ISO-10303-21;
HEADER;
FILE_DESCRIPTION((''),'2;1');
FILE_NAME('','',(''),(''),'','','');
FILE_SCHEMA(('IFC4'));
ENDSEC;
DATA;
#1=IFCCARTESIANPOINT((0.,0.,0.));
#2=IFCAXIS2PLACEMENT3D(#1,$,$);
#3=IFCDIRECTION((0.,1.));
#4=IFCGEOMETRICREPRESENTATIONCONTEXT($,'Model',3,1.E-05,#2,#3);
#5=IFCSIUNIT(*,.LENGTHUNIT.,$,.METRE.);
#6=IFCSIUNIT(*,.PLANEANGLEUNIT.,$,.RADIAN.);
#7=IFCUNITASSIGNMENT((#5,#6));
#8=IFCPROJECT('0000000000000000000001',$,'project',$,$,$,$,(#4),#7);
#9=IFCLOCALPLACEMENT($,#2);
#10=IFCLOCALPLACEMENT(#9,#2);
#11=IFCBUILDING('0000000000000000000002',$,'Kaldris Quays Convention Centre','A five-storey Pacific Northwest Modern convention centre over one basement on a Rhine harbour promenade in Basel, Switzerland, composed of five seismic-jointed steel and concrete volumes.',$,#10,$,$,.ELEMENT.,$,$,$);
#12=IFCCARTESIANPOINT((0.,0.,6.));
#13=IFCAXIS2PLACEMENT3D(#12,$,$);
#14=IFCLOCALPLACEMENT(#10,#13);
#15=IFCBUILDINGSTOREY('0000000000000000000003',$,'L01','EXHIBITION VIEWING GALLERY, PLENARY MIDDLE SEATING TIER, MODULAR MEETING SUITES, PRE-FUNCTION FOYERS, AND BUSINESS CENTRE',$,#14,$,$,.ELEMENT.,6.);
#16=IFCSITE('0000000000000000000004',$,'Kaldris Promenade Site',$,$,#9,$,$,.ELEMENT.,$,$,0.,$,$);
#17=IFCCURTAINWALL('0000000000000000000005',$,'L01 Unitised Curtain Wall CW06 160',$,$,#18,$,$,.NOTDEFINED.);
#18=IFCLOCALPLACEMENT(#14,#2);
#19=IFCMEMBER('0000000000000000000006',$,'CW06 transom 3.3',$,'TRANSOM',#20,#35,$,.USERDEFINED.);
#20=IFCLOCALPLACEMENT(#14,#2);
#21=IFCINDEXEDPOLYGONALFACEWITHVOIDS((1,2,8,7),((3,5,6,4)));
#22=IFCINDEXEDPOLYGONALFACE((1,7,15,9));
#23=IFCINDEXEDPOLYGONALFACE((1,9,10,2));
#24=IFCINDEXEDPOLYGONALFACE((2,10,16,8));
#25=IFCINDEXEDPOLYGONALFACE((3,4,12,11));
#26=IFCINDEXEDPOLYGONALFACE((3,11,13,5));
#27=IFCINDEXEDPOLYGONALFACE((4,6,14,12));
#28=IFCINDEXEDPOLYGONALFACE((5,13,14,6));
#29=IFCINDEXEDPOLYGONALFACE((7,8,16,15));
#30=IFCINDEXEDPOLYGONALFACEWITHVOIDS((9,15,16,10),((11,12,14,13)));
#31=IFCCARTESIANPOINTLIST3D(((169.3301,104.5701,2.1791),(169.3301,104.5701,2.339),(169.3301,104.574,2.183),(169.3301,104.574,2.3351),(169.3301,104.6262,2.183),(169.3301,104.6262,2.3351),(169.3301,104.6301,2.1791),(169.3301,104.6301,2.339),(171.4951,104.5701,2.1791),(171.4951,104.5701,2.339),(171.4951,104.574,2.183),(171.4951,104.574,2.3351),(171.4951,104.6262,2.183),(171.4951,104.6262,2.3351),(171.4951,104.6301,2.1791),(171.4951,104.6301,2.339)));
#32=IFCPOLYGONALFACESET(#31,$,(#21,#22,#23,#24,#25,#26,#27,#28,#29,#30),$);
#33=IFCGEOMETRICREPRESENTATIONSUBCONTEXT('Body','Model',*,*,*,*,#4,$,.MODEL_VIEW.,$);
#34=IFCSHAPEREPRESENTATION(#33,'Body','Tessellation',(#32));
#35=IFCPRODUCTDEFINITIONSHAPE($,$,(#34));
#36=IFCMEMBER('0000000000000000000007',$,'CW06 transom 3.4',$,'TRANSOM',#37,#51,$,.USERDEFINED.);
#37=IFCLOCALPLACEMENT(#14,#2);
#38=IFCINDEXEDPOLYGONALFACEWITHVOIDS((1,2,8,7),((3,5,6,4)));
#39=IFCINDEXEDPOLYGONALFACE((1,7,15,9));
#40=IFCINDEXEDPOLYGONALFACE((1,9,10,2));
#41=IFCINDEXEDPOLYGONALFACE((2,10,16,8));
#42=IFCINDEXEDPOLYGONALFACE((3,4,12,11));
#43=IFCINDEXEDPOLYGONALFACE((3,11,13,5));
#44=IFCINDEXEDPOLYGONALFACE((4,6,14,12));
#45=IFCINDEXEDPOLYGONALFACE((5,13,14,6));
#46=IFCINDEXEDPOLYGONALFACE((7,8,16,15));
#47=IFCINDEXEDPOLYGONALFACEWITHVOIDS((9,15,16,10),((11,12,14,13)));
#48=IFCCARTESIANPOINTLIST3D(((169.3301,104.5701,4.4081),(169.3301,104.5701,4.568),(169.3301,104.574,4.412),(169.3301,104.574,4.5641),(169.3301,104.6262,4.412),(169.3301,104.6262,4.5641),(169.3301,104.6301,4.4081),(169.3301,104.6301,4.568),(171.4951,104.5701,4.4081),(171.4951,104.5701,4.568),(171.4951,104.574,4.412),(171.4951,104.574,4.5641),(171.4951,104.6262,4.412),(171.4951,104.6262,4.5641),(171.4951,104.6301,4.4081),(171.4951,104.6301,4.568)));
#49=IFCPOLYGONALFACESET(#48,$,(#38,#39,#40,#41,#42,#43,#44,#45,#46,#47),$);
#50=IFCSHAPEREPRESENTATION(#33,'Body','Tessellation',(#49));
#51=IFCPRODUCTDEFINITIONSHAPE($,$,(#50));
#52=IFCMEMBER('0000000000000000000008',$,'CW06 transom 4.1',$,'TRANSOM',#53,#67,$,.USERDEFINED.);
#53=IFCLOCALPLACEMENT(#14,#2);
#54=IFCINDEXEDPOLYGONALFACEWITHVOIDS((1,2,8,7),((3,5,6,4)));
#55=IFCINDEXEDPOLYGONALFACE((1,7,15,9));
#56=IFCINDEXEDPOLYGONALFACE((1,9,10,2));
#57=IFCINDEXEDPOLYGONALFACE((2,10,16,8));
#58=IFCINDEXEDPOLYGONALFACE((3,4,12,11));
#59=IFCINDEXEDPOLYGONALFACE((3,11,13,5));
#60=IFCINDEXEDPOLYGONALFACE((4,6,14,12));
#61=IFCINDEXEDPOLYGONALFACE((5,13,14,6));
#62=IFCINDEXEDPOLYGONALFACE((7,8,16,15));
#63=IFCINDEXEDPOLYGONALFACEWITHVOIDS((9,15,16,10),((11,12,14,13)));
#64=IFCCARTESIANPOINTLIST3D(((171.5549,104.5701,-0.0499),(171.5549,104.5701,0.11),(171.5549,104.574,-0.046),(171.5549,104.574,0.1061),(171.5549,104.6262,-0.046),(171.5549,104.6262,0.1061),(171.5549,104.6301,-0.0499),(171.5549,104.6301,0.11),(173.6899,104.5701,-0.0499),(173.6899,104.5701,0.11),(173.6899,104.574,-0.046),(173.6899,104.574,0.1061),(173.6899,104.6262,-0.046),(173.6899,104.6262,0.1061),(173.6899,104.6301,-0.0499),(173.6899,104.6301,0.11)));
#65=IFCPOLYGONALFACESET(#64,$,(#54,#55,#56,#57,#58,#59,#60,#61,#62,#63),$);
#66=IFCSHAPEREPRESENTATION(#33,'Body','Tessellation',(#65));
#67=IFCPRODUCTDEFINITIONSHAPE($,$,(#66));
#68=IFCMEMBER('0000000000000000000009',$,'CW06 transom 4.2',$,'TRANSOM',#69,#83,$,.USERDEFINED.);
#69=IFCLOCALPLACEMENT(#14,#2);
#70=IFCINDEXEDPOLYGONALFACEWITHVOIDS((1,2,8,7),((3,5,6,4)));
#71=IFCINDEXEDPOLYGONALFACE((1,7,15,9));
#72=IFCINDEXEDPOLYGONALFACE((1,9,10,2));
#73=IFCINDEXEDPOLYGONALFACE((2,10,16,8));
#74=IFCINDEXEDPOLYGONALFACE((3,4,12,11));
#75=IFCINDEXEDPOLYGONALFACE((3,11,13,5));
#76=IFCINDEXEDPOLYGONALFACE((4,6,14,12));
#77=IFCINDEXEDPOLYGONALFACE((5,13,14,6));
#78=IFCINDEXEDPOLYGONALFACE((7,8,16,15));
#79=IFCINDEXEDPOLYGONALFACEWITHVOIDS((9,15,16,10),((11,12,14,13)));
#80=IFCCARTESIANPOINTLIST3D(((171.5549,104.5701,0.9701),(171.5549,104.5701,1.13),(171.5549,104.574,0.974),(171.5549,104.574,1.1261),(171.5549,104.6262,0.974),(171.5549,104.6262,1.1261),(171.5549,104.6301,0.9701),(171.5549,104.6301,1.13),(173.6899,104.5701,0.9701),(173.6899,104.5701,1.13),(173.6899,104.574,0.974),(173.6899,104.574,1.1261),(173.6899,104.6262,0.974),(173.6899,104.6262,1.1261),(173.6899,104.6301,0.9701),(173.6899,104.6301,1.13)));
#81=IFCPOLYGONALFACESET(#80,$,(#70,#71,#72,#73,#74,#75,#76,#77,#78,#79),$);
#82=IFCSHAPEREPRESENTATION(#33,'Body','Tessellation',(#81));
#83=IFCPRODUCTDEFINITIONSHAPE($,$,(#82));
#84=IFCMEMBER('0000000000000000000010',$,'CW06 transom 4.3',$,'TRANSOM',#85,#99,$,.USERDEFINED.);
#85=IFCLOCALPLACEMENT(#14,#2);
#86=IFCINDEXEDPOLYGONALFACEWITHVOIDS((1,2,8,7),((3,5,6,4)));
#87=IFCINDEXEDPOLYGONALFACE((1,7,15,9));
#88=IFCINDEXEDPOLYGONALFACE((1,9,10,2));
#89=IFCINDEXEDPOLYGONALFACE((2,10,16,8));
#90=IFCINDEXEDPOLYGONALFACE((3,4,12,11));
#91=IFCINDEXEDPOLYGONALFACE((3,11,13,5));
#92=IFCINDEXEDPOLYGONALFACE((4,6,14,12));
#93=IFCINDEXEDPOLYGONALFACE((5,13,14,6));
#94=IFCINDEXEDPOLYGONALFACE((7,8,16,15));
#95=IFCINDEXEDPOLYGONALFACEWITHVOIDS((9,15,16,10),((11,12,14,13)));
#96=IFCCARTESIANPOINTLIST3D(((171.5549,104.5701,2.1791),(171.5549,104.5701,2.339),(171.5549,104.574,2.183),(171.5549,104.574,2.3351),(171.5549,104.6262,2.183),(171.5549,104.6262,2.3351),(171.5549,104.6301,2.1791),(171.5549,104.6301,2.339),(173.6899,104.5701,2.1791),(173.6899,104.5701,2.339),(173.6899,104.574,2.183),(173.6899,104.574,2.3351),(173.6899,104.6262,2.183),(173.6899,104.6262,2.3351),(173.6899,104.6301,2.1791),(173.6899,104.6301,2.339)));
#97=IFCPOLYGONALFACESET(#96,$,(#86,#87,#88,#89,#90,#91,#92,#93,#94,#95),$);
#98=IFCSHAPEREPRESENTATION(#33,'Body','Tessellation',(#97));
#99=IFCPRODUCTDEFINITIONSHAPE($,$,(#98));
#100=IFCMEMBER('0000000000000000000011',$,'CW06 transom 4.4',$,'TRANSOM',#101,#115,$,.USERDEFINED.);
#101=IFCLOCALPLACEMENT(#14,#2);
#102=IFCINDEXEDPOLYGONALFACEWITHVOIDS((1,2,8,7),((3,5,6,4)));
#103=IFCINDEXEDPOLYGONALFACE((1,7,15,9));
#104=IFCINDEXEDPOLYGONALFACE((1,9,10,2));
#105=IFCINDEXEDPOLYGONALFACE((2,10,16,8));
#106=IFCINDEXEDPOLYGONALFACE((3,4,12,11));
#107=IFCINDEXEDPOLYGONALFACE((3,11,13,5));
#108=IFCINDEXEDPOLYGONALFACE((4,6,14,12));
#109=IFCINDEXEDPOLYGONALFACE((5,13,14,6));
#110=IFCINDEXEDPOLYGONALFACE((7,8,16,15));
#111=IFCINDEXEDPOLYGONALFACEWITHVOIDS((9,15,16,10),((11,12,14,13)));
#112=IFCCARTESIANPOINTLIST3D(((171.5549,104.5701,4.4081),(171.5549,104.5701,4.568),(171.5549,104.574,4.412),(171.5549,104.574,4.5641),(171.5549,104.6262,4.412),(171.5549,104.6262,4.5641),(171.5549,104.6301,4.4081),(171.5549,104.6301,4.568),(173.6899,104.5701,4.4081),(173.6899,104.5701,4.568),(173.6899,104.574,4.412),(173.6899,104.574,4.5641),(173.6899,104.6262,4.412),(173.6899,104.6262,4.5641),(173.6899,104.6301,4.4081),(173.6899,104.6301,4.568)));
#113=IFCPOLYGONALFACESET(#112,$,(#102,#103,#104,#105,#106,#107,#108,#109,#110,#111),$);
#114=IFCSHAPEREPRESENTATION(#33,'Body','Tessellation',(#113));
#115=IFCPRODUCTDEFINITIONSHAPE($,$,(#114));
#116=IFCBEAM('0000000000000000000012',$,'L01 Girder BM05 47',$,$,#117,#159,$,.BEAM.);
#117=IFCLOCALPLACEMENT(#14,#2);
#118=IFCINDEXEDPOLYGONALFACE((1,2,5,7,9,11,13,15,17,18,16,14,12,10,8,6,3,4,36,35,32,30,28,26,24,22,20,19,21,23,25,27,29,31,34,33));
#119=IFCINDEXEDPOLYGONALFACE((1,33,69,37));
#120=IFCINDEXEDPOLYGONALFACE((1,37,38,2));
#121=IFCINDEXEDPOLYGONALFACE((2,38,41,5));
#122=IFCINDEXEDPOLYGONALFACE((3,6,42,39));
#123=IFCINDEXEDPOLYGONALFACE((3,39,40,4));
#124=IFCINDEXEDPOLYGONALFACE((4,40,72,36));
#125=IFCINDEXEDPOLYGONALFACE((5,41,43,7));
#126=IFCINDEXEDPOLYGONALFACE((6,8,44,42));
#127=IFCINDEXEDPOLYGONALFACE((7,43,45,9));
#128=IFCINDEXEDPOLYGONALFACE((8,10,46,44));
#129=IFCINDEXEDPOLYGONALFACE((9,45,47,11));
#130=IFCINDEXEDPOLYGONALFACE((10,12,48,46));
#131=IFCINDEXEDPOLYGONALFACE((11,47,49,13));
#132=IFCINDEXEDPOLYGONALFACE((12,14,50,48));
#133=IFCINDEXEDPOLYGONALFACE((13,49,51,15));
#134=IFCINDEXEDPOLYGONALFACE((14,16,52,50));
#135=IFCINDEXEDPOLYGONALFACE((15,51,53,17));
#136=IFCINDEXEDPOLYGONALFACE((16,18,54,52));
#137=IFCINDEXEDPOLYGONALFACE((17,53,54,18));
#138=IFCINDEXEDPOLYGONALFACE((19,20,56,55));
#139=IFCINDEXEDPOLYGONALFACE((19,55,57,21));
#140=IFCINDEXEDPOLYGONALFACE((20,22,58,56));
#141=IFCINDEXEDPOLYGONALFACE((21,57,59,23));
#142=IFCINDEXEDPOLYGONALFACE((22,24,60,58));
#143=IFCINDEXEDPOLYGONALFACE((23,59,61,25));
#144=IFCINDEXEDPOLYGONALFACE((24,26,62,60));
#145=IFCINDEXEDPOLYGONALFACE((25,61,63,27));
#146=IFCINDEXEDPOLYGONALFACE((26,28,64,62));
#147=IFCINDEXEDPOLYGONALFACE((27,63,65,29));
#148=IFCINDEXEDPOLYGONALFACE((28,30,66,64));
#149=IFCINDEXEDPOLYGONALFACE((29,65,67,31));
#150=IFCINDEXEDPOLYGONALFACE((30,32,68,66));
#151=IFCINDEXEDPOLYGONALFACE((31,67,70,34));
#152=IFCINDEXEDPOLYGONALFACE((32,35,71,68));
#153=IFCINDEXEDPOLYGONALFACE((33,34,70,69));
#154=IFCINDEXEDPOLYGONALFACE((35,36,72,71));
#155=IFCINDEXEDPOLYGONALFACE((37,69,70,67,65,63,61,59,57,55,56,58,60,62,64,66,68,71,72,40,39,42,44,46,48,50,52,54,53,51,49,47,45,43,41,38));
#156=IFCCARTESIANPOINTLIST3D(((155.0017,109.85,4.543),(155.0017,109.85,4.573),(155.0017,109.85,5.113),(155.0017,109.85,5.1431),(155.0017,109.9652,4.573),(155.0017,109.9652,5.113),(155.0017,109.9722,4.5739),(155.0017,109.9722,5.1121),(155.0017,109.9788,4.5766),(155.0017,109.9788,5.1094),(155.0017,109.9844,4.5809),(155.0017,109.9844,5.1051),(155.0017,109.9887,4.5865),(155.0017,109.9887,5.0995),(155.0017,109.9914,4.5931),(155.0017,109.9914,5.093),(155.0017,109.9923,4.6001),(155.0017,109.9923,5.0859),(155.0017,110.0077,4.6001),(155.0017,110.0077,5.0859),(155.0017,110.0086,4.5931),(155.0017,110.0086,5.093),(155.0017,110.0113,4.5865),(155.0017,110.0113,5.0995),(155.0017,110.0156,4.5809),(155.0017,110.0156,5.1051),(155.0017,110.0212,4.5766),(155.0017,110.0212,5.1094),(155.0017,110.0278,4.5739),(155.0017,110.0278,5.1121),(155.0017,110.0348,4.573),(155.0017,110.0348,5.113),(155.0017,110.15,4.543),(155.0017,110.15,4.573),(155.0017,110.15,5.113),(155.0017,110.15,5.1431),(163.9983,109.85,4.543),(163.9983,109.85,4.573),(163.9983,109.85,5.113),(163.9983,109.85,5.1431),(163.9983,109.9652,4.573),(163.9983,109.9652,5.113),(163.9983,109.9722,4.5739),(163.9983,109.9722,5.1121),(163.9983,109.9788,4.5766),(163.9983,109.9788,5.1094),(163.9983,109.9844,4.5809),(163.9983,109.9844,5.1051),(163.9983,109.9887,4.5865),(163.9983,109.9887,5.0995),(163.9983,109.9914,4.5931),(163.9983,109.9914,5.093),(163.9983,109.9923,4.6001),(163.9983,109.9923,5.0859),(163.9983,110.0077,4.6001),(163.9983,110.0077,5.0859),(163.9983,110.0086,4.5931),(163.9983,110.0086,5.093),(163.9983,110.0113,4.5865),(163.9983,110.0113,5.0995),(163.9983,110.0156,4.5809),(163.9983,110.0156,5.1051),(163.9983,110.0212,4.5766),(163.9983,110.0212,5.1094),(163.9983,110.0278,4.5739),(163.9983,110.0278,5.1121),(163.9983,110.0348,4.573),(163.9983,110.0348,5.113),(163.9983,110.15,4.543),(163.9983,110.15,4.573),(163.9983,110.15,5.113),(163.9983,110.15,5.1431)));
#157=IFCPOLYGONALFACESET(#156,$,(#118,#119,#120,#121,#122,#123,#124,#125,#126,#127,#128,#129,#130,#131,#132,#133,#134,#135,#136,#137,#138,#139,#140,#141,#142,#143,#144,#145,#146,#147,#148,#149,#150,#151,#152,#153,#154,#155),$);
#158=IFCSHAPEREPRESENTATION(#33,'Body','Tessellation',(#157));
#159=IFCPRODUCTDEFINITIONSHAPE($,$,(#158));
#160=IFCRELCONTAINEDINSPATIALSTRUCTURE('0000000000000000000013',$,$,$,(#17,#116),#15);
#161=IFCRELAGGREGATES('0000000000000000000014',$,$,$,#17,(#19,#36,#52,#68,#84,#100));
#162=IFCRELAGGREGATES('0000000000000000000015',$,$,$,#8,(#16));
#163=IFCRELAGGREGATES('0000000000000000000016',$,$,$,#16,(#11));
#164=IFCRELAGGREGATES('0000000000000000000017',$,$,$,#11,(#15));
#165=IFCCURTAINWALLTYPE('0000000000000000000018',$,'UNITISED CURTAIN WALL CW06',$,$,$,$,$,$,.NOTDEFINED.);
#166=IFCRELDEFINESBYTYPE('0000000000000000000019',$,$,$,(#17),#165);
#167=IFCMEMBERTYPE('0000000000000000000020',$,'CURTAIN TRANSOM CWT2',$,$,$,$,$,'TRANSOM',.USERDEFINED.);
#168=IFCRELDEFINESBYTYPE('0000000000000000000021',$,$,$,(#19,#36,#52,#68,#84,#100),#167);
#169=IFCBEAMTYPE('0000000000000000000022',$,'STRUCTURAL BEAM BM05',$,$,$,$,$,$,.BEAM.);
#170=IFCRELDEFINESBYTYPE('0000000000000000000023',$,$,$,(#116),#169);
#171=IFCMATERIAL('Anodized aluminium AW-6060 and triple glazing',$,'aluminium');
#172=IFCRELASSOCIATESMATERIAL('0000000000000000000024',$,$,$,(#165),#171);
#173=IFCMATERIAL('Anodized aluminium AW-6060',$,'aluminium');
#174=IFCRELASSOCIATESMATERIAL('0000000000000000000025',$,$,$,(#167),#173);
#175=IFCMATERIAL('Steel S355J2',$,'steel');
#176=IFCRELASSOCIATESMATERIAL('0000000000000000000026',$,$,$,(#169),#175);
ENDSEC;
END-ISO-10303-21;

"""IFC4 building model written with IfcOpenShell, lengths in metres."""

from ifc_helpers import new_model, si_unit, direction, frame, origin, origin_2d, place, context, subcontext, project, spatial, hollow_rectangle, i_section, extrude, material, material_profile, profile_set, type_object, element, aggregate, save


model = new_model("IFC4")

# Units and contexts
model_context = context("Model", 3, precision=1e-05, world=origin(), true_north=direction((0.0, 1.0)))
body_context = subcontext(model_context, "Body", "Model", "MODEL_VIEW")
ifc_project = project(units=[si_unit("LENGTHUNIT", "METRE"), si_unit("PLANEANGLEUNIT", "RADIAN")], contexts=[model_context])

# Site, building, storey
site_placement = place(None, origin())
site = spatial("IfcSite", under=ifc_project, at=site_placement, Name="Kaldris Promenade Site", CompositionType="ELEMENT", RefElevation=0.0)
building_placement = place(site_placement, origin())
building = spatial("IfcBuilding", under=site, at=building_placement, Name="Kaldris Quays Convention Centre", Description="A five-storey Pacific Northwest Modern convention centre over one basement on a Rhine harbour promenade in Basel, Switzerland, composed of five seismic-jointed steel and concrete volumes.", CompositionType="ELEMENT")
storey_placement = place(building_placement, frame((0.0, 0.0, 6.0)))
storey = spatial("IfcBuildingStorey", under=building, at=storey_placement, Name="L01", Description="EXHIBITION VIEWING GALLERY, PLENARY MIDDLE SEATING TIER, MODULAR MEETING SUITES, PRE-FUNCTION FOYERS, AND BUSINESS CENTRE", CompositionType="ELEMENT", Elevation=6.0)

# Shared definitions
ifc_material_1 = material(Name="Steel S355J2", Category="steel")

# Curtain wall, members
ifc_material_2 = material(Name="Anodized aluminium AW-6060 and triple glazing", Category="aluminium")
curtain_wall_type = type_object("IfcCurtainWallType", Name="UNITISED CURTAIN WALL CW06", PredefinedType="NOTDEFINED", material=ifc_material_2)
curtain_wall_placement = place(storey_placement, origin())
curtain_wall = element("IfcCurtainWall", 1, at=curtain_wall_placement, inside=storey, type_object=curtain_wall_type, Name="L01 Unitised Curtain Wall CW06 160", PredefinedType="NOTDEFINED")
ifc_material_3 = material(Name="Anodized aluminium AW-6060", Category="aluminium")
ifc_material_profile_1 = material_profile(ifc_material_3, hollow_rectangle(XDim=0.0601, YDim=0.1599, WallThickness=0.0039, at=origin_2d()), Name="RHS 160x60x4")
ifc_profile_set_1 = profile_set([ifc_material_profile_1], Name="Anodized aluminium AW-6060")
member_type_1 = type_object("IfcMemberType", Name="CURTAIN TRANSOM CWT2", ElementType="TRANSOM", PredefinedType="USERDEFINED", material=ifc_profile_set_1)
member_1_placement = place(storey_placement, frame((169.3301, 104.6001, 2.259), z_axis=(1.0, 0.0, 0.0), x_axis=(0.0, 1.0, 0.0)))
member_1 = element("IfcMember", 2, at=member_1_placement, type_object=member_type_1, Name="CW06 transom 3.3", ObjectType="TRANSOM", PredefinedType="USERDEFINED", context=body_context, shape_type="SweptSolid", body=[
    extrude(hollow_rectangle(XDim=0.0601, YDim=0.1599, WallThickness=0.0039, at=origin_2d()), origin(), (0.0, 0.0, 1.0), 2.165),
])
member_2_placement = place(storey_placement, frame((169.3301, 104.6001, 4.488), z_axis=(1.0, 0.0, 0.0), x_axis=(0.0, 1.0, 0.0)))
member_2 = element("IfcMember", 3, at=member_2_placement, type_object=member_type_1, Name="CW06 transom 3.4", ObjectType="TRANSOM", PredefinedType="USERDEFINED", context=body_context, shape_type="SweptSolid", body=[
    extrude(hollow_rectangle(XDim=0.0601, YDim=0.1599, WallThickness=0.0039, at=origin_2d()), origin(), (0.0, 0.0, 1.0), 2.165),
])
member_3_placement = place(storey_placement, frame((171.5549, 104.6001, 0.03), z_axis=(1.0, 0.0, 0.0), x_axis=(0.0, 1.0, 0.0)))
member_3 = element("IfcMember", 4, at=member_3_placement, type_object=member_type_1, Name="CW06 transom 4.1", ObjectType="TRANSOM", PredefinedType="USERDEFINED", context=body_context, shape_type="SweptSolid", body=[
    extrude(hollow_rectangle(XDim=0.0601, YDim=0.1599, WallThickness=0.0039, at=origin_2d()), origin(), (0.0, 0.0, 1.0), 2.135),
])
member_4_placement = place(storey_placement, frame((171.5549, 104.6001, 1.05), z_axis=(1.0, 0.0, 0.0), x_axis=(0.0, 1.0, 0.0)))
member_4 = element("IfcMember", 5, at=member_4_placement, type_object=member_type_1, Name="CW06 transom 4.2", ObjectType="TRANSOM", PredefinedType="USERDEFINED", context=body_context, shape_type="SweptSolid", body=[
    extrude(hollow_rectangle(XDim=0.0601, YDim=0.1599, WallThickness=0.0039, at=origin_2d()), origin(), (0.0, 0.0, 1.0), 2.135),
])
member_5_placement = place(storey_placement, frame((171.5549, 104.6001, 2.259), z_axis=(1.0, 0.0, 0.0), x_axis=(0.0, 1.0, 0.0)))
member_5 = element("IfcMember", 6, at=member_5_placement, type_object=member_type_1, Name="CW06 transom 4.3", ObjectType="TRANSOM", PredefinedType="USERDEFINED", context=body_context, shape_type="SweptSolid", body=[
    extrude(hollow_rectangle(XDim=0.0601, YDim=0.1599, WallThickness=0.0039, at=origin_2d()), origin(), (0.0, 0.0, 1.0), 2.135),
])
member_6_placement = place(storey_placement, frame((171.5549, 104.6001, 4.488), z_axis=(1.0, 0.0, 0.0), x_axis=(0.0, 1.0, 0.0)))
member_6 = element("IfcMember", 7, at=member_6_placement, type_object=member_type_1, Name="CW06 transom 4.4", ObjectType="TRANSOM", PredefinedType="USERDEFINED", context=body_context, shape_type="SweptSolid", body=[
    extrude(hollow_rectangle(XDim=0.0601, YDim=0.1599, WallThickness=0.0039, at=origin_2d()), origin(), (0.0, 0.0, 1.0), 2.135),
])

# Beam
ifc_material_profile_2 = material_profile(ifc_material_1, i_section(OverallWidth=0.3, OverallDepth=0.6001, WebThickness=0.0154, FlangeThickness=0.03, FilletRadius=0.0271, at=origin_2d()), Name="HEB 600")
ifc_profile_set_2 = profile_set([ifc_material_profile_2], Name="Steel S355J2")
beam_type_1 = type_object("IfcBeamType", Name="STRUCTURAL BEAM BM05", PredefinedType="BEAM", material=ifc_profile_set_2)
beam_1_placement = place(storey_placement, frame((155.0017, 110.0, 4.843), z_axis=(1.0, 0.0, 0.0), x_axis=(0.0, 1.0, 0.0)))
element("IfcBeam", 8, at=beam_1_placement, inside=storey, type_object=beam_type_1, Name="L01 Girder BM05 47", PredefinedType="BEAM", context=body_context, shape_type="SweptSolid", body=[
    extrude(i_section(OverallWidth=0.3, OverallDepth=0.6001, WebThickness=0.0154, FlangeThickness=0.03, FilletRadius=0.0271, at=origin_2d()), origin(), (0.0, 0.0, 1.0), 8.9966),
])

aggregate(curtain_wall, [member_1, member_2, member_3, member_4, member_5, member_6])

save(model, "model.ifc")
